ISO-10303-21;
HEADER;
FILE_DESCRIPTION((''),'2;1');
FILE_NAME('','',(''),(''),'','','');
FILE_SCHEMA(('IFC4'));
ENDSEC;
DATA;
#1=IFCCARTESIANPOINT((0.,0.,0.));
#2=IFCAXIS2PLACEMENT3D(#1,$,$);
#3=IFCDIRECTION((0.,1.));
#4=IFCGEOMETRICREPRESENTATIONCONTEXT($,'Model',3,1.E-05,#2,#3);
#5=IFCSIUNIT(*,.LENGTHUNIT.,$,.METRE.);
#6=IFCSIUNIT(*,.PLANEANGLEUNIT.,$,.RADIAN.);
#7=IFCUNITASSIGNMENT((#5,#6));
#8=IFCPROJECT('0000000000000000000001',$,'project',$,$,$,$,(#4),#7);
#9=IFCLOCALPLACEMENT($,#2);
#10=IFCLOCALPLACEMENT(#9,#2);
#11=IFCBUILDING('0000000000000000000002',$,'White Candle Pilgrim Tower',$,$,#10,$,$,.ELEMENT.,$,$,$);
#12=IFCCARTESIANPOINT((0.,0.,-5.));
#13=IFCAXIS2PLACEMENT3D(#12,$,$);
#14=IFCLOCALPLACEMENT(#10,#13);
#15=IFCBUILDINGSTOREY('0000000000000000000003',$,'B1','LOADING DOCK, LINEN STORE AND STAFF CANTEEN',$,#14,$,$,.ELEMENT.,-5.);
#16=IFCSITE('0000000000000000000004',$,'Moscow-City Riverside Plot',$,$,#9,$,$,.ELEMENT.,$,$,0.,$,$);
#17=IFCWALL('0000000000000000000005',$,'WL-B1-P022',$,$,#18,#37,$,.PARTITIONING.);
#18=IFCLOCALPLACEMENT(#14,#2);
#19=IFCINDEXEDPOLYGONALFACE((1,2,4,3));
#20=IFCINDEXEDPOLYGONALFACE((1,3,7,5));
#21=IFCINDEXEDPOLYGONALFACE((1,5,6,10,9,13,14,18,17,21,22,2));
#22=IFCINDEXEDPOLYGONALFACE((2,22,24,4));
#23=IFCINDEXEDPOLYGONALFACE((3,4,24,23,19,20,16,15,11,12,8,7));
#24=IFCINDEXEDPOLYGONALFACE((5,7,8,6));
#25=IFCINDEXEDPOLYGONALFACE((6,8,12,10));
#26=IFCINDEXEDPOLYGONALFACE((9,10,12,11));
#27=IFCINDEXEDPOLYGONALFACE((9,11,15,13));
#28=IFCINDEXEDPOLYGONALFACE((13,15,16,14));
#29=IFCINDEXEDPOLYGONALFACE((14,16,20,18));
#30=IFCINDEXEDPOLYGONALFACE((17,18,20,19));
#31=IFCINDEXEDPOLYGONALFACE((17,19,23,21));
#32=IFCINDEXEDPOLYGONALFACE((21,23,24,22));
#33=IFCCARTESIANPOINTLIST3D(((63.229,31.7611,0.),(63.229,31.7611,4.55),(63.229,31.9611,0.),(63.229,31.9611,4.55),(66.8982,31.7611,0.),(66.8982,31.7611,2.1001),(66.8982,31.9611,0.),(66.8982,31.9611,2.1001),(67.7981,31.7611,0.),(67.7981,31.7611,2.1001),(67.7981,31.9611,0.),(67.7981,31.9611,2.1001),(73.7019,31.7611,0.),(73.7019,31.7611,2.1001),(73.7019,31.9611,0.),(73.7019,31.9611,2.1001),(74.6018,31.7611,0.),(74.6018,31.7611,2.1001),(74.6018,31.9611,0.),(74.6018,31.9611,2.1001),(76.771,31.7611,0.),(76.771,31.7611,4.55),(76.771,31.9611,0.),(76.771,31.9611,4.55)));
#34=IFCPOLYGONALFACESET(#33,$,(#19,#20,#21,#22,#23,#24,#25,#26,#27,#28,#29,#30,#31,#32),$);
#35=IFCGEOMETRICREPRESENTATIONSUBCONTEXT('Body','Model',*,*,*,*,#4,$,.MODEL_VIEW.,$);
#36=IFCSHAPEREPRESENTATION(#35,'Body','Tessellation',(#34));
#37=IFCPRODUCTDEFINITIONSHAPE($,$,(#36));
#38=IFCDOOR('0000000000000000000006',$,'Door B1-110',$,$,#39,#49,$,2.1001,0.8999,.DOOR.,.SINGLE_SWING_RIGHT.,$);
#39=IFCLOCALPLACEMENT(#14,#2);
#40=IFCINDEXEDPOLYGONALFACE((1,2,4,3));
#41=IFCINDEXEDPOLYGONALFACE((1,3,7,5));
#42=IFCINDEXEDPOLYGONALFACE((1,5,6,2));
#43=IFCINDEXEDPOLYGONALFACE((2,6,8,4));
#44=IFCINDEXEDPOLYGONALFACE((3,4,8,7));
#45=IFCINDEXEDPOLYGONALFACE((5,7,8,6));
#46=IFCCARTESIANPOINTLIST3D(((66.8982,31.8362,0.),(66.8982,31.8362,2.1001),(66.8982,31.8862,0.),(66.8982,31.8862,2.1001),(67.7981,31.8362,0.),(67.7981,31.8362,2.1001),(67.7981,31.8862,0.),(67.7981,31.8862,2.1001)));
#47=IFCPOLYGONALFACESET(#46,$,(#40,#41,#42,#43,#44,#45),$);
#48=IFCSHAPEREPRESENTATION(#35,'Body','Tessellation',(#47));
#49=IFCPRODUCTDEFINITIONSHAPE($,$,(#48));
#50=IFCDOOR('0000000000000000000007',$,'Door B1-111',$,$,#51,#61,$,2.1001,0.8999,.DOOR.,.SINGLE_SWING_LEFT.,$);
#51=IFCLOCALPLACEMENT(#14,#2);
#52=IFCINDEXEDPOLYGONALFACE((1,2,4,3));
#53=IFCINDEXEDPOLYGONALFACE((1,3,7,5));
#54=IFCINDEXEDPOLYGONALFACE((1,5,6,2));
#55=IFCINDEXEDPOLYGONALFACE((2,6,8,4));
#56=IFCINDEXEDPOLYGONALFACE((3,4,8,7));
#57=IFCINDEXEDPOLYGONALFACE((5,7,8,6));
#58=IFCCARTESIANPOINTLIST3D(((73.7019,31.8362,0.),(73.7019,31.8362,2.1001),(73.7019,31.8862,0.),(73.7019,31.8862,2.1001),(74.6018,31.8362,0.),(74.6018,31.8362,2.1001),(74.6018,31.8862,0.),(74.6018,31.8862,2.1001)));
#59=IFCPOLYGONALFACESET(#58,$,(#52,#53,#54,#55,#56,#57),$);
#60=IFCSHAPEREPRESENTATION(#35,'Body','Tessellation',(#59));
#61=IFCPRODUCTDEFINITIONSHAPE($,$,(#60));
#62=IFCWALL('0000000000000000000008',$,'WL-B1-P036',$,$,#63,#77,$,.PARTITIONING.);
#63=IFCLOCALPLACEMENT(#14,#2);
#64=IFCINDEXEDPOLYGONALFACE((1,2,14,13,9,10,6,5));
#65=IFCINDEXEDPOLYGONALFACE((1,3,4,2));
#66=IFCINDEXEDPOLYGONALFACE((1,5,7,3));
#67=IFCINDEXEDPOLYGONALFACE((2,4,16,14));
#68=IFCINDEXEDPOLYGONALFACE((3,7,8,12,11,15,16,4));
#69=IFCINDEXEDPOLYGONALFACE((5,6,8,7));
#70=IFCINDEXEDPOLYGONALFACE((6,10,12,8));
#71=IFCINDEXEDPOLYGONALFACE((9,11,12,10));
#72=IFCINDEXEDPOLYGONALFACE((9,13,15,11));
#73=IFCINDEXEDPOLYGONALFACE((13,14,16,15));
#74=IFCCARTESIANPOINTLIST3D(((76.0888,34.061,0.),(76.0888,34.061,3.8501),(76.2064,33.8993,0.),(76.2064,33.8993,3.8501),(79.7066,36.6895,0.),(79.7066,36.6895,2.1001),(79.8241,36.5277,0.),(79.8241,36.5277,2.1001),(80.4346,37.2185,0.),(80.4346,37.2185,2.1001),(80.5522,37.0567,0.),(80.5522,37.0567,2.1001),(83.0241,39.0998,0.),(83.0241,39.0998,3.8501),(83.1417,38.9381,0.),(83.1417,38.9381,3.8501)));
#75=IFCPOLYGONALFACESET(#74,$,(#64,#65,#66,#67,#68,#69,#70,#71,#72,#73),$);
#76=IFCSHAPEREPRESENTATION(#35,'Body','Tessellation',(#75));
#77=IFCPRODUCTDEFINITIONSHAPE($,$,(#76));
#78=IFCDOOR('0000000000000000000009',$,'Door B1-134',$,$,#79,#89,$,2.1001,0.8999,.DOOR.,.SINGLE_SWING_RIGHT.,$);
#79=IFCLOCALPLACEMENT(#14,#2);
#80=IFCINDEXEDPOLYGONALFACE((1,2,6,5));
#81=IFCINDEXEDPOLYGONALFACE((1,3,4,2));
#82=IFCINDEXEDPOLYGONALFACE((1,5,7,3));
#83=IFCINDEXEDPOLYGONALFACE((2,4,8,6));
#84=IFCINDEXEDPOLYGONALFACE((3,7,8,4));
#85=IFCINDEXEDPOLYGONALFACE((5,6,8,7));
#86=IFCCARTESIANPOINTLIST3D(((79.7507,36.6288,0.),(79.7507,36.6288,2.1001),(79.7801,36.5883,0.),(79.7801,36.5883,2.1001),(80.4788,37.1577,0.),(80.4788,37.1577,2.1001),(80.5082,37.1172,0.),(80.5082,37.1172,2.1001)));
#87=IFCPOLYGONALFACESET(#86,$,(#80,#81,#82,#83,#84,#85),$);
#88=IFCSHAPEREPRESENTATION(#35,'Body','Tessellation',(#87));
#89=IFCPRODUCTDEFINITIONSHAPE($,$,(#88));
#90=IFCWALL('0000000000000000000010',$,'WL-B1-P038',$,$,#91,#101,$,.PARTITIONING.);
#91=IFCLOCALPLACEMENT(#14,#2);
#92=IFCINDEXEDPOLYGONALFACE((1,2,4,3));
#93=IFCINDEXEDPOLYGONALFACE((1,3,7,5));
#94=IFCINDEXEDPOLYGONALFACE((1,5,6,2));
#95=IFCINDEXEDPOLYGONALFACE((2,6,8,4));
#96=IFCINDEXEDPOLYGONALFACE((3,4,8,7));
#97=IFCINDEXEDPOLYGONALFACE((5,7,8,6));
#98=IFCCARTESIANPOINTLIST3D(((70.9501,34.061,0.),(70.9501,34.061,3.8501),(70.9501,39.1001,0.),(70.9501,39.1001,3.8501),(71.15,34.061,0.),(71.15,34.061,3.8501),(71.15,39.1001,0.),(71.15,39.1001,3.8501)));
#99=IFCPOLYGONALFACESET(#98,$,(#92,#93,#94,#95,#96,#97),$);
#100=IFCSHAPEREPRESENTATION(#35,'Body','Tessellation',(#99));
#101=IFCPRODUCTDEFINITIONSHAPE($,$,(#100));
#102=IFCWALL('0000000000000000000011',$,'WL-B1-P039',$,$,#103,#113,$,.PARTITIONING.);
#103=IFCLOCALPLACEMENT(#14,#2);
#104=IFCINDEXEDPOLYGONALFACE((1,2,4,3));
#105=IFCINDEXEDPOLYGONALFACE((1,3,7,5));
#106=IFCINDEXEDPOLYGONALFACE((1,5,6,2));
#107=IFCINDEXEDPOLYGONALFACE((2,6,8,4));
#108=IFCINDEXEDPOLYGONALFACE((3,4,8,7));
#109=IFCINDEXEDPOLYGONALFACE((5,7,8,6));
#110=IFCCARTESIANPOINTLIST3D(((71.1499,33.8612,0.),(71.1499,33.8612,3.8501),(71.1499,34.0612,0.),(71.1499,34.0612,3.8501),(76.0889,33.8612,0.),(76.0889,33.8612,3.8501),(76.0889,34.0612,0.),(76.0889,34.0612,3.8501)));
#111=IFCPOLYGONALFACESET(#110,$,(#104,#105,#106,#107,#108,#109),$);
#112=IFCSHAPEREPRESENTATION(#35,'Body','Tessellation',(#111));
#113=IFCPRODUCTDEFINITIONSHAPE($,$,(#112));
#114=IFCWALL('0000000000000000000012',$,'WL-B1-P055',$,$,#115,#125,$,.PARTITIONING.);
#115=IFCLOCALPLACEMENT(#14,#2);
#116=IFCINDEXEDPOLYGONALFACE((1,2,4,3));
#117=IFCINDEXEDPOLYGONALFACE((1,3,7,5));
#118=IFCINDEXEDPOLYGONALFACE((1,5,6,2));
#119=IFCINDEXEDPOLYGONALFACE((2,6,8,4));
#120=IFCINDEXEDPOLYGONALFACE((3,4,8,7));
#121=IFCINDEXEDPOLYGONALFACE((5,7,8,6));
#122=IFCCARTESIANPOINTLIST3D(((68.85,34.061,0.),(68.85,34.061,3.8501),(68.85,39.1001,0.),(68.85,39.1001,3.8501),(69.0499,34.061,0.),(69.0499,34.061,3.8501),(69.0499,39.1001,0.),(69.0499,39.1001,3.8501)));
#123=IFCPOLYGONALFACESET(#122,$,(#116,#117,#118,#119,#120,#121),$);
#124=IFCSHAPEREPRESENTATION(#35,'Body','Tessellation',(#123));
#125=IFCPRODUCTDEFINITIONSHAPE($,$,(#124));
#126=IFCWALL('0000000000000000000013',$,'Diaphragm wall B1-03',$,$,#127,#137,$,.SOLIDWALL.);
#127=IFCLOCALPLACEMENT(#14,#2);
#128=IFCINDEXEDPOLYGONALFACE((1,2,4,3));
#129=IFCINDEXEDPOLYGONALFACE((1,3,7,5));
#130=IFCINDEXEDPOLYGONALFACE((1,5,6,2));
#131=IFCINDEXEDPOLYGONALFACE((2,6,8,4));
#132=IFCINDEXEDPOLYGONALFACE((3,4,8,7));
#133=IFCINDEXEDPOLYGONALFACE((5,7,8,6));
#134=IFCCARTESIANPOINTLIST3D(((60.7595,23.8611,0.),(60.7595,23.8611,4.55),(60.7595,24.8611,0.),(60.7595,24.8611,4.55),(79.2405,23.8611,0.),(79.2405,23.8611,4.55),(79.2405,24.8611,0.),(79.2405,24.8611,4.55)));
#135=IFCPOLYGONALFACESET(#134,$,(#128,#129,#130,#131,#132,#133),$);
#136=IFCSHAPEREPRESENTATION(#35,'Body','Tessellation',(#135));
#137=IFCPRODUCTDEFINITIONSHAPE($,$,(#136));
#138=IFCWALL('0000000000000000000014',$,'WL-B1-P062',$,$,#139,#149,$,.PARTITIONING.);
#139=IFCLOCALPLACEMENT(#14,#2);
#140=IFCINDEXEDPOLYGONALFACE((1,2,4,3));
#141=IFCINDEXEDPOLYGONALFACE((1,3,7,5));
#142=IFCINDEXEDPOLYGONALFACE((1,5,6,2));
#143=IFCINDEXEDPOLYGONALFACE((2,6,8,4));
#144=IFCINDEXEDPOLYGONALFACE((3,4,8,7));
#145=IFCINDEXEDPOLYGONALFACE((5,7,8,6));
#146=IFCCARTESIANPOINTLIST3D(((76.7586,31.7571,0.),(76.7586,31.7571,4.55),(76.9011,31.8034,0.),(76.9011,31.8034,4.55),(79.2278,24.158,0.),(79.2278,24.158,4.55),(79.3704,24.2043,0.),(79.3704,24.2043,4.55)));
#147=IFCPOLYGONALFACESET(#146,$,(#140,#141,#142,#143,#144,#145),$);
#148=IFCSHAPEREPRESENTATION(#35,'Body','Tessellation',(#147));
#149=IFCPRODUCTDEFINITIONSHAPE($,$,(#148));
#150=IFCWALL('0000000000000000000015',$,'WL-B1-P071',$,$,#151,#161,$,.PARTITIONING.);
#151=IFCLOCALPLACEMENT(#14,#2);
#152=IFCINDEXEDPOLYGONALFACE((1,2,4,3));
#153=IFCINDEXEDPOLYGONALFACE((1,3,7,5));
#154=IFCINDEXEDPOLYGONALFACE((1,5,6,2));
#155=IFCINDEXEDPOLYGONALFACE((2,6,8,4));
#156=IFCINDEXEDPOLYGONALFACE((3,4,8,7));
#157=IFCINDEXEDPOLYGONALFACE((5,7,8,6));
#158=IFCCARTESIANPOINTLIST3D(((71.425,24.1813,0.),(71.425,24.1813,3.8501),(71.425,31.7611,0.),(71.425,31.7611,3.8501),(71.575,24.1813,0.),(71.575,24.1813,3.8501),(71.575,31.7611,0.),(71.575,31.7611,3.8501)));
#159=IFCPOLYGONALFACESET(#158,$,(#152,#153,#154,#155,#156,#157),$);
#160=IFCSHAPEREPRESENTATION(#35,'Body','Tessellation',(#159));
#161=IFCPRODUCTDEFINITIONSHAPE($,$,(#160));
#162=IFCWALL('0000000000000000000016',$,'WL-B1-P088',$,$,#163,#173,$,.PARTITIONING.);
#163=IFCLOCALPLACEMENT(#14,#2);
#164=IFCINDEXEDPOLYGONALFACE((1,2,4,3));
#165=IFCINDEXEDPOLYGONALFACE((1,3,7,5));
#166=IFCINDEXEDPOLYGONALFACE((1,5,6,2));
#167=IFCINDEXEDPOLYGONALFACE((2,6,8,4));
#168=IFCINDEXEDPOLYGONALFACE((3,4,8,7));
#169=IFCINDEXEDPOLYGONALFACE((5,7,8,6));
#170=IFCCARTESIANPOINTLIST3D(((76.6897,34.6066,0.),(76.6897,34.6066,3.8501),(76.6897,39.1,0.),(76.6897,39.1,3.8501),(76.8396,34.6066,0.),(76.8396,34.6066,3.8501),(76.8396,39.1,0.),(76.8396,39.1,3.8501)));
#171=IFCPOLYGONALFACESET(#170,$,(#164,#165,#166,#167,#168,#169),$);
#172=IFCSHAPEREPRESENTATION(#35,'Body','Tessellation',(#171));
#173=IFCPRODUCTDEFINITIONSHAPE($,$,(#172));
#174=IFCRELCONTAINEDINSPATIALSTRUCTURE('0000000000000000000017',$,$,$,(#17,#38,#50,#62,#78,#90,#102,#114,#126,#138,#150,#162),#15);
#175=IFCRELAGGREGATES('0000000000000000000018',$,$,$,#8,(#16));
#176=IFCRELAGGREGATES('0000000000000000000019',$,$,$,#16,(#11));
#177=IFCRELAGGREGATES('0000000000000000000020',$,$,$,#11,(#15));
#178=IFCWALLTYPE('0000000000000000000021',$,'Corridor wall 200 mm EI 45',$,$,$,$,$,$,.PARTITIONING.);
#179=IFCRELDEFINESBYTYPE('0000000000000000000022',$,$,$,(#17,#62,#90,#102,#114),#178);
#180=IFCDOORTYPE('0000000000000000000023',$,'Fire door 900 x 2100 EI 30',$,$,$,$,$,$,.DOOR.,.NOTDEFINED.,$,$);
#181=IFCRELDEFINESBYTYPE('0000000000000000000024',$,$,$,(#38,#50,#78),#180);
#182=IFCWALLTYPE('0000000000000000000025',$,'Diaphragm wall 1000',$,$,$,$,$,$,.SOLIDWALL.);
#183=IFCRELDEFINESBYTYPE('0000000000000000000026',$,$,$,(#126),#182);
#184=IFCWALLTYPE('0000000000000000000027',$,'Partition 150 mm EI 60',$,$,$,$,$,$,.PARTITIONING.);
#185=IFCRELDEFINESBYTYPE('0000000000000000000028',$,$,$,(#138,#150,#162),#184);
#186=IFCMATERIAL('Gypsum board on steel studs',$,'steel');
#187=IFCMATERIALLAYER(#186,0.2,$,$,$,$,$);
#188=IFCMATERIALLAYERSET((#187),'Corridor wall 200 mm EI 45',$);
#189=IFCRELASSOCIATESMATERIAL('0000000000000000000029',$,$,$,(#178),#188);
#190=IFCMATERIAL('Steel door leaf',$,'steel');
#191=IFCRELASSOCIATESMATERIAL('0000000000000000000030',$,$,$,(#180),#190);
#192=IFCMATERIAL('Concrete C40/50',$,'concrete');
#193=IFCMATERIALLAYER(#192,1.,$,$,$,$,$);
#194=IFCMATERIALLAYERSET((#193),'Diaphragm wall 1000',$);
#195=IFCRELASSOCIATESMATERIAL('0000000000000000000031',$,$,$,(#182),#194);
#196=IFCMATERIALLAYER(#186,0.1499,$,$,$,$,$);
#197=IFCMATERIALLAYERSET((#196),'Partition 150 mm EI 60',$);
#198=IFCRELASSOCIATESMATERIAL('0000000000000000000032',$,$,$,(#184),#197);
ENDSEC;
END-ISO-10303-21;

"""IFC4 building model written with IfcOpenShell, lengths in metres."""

from ifc_helpers import new_model, si_unit, direction, frame, frame_2d, origin, place, context, subcontext, project, spatial, rectangle, extrude, material, layer, layer_set, type_object, element, fill, save


model = new_model("IFC4")

# Units and contexts
model_context = context("Model", 3, precision=1e-05, world=origin(), true_north=direction((0.0, 1.0)))
body_context = subcontext(model_context, "Body", "Model", "MODEL_VIEW")
ifc_project = project(units=[si_unit("LENGTHUNIT", "METRE"), si_unit("PLANEANGLEUNIT", "RADIAN")], contexts=[model_context])

# Site, building, storey
site_placement = place(None, origin())
site = spatial("IfcSite", under=ifc_project, at=site_placement, Name="Moscow-City Riverside Plot", CompositionType="ELEMENT", RefElevation=0.0)
building_placement = place(site_placement, origin())
building = spatial("IfcBuilding", under=site, at=building_placement, Name="White Candle Pilgrim Tower", CompositionType="ELEMENT")
storey_placement = place(building_placement, frame((0.0, 0.0, -5.0)))
storey = spatial("IfcBuildingStorey", under=building, at=storey_placement, Name="B1", Description="LOADING DOCK, LINEN STORE AND STAFF CANTEEN", CompositionType="ELEMENT", Elevation=-5.0)

# Wall, openings, doors
ifc_material_1 = material(Name="Gypsum board on steel studs", Category="steel")
ifc_layer_1 = layer(ifc_material_1, 0.2)
ifc_layer_set_1 = layer_set([ifc_layer_1], Name="Corridor wall 200 mm EI 45")
wall_type_1 = type_object("IfcWallType", Name="Corridor wall 200 mm EI 45", PredefinedType="PARTITIONING", material=ifc_layer_set_1)
wall_1_placement = place(storey_placement, frame((76.771, 31.8611, 0.0), z_axis=(0.0, 0.0, 1.0), x_axis=(-1.0, 0.0, 0.0)))
wall_1 = element("IfcWall", 1, at=wall_1_placement, inside=storey, type_object=wall_type_1, Name="WL-B1-P022", PredefinedType="PARTITIONING", context=body_context, shape_type="SweptSolid", body=[
    extrude(rectangle(XDim=13.542, YDim=0.2, at=frame_2d((6.771, 0.0))), origin(), (0.0, 0.0, 1.0), 4.55),
])
opening_1_placement = place(wall_1_placement, frame((8.9729, 0.0, 0.0)))
opening_1 = element("IfcOpeningElement", 2, at=opening_1_placement, cuts=wall_1, PredefinedType="OPENING", context=body_context, shape_type="SweptSolid", body=[
    extrude(rectangle(XDim=0.8999, YDim=2.1001, at=frame_2d((0.45, 1.05))), frame((0.0, 0.1099, 0.0), z_axis=(0.0, -1.0, 0.0), x_axis=(1.0, 0.0, 0.0)), (0.0, 0.0, 1.0), 0.22),
])
opening_2_placement = place(wall_1_placement, frame((2.1692, 0.0, 0.0)))
opening_2 = element("IfcOpeningElement", 3, at=opening_2_placement, cuts=wall_1, PredefinedType="OPENING", context=body_context, shape_type="SweptSolid", body=[
    extrude(rectangle(XDim=0.8999, YDim=2.1001, at=frame_2d((0.45, 1.05))), frame((0.0, 0.1099, 0.0), z_axis=(0.0, -1.0, 0.0), x_axis=(1.0, 0.0, 0.0)), (0.0, 0.0, 1.0), 0.22),
])
ifc_material_2 = material(Name="Steel door leaf", Category="steel")
door_type = type_object("IfcDoorType", Name="Fire door 900 x 2100 EI 30", OperationType="NOTDEFINED", PredefinedType="DOOR", material=ifc_material_2)
door_1_placement = place(opening_1_placement, origin())
door_1 = element("IfcDoor", 4, at=door_1_placement, inside=storey, type_object=door_type, Name="Door B1-110", OperationType="SINGLE_SWING_RIGHT", OverallHeight=2.1001, OverallWidth=0.8999, PredefinedType="DOOR", context=body_context, shape_type="SweptSolid", body=[
    extrude(rectangle(XDim=0.8999, YDim=2.1001, at=frame_2d((0.45, 1.05))), frame((0.0, 0.0249, 0.0), z_axis=(0.0, -1.0, 0.0), x_axis=(1.0, 0.0, 0.0)), (0.0, 0.0, 1.0), 0.05),
])
fill(opening_1, door_1)
door_2_placement = place(opening_2_placement, origin())
door_2 = element("IfcDoor", 5, at=door_2_placement, inside=storey, type_object=door_type, Name="Door B1-111", OperationType="SINGLE_SWING_LEFT", OverallHeight=2.1001, OverallWidth=0.8999, PredefinedType="DOOR", context=body_context, shape_type="SweptSolid", body=[
    extrude(rectangle(XDim=0.8999, YDim=2.1001, at=frame_2d((0.45, 1.05))), frame((0.0, 0.0249, 0.0), z_axis=(0.0, -1.0, 0.0), x_axis=(1.0, 0.0, 0.0)), (0.0, 0.0, 1.0), 0.05),
])
fill(opening_2, door_2)

# Wall, opening, door
wall_2_placement = place(storey_placement, frame((76.1477, 33.9802, 0.0), z_axis=(0.0, 0.0, 1.0), x_axis=(0.809016, 0.587787, 0.0)))
wall_2 = element("IfcWall", 6, at=wall_2_placement, inside=storey, type_object=wall_type_1, Name="WL-B1-P036", PredefinedType="PARTITIONING", context=body_context, shape_type="SweptSolid", body=[
    extrude(rectangle(XDim=8.5725, YDim=0.2, at=frame_2d((4.2861, 0.0))), origin(), (0.0, 0.0, 1.0), 3.8501),
])
opening_3_placement = place(wall_2_placement, frame((4.4717, 0.0, 0.0)))
opening_3 = element("IfcOpeningElement", 7, at=opening_3_placement, cuts=wall_2, PredefinedType="OPENING", context=body_context, shape_type="SweptSolid", body=[
    extrude(rectangle(XDim=0.8999, YDim=2.1001, at=frame_2d((0.45, 1.05))), frame((0.0, 0.1099, 0.0), z_axis=(0.0, -1.0, 0.0), x_axis=(1.0, 0.0, 0.0)), (0.0, 0.0, 1.0), 0.22),
])
door_3_placement = place(opening_3_placement, origin())
door_3 = element("IfcDoor", 8, at=door_3_placement, inside=storey, type_object=door_type, Name="Door B1-134", OperationType="SINGLE_SWING_RIGHT", OverallHeight=2.1001, OverallWidth=0.8999, PredefinedType="DOOR", context=body_context, shape_type="SweptSolid", body=[
    extrude(rectangle(XDim=0.8999, YDim=2.1001, at=frame_2d((0.45, 1.05))), frame((0.0, 0.0249, 0.0), z_axis=(0.0, -1.0, 0.0), x_axis=(1.0, 0.0, 0.0)), (0.0, 0.0, 1.0), 0.05),
])
fill(opening_3, door_3)

# Walls
wall_3_placement = place(storey_placement, frame((71.05, 39.1001, 0.0), z_axis=(0.0, 0.0, 1.0), x_axis=(0.0, -1.0, 0.0)))
element("IfcWall", 9, at=wall_3_placement, inside=storey, type_object=wall_type_1, Name="WL-B1-P038", PredefinedType="PARTITIONING", context=body_context, shape_type="SweptSolid", body=[
    extrude(rectangle(XDim=5.0391, YDim=0.2, at=frame_2d((2.5195, 0.0))), origin(), (0.0, 0.0, 1.0), 3.8501),
])
wall_4_placement = place(storey_placement, frame((71.1499, 33.9612, 0.0), z_axis=(0.0, 0.0, 1.0), x_axis=(1.0, 0.0, 0.0)))
element("IfcWall", 10, at=wall_4_placement, inside=storey, type_object=wall_type_1, Name="WL-B1-P039", PredefinedType="PARTITIONING", context=body_context, shape_type="SweptSolid", body=[
    extrude(rectangle(XDim=4.939, YDim=0.2, at=frame_2d((2.4695, 0.0))), origin(), (0.0, 0.0, 1.0), 3.8501),
])
wall_5_placement = place(storey_placement, frame((68.95, 34.061, 0.0), z_axis=(0.0, 0.0, 1.0), x_axis=(0.0, 1.0, 0.0)))
element("IfcWall", 11, at=wall_5_placement, inside=storey, type_object=wall_type_1, Name="WL-B1-P055", PredefinedType="PARTITIONING", context=body_context, shape_type="SweptSolid", body=[
    extrude(rectangle(XDim=5.0391, YDim=0.2, at=frame_2d((2.5195, 0.0))), origin(), (0.0, 0.0, 1.0), 3.8501),
])
ifc_material_3 = material(Name="Concrete C40/50", Category="concrete")
ifc_layer_2 = layer(ifc_material_3, 1.0)
ifc_layer_set_2 = layer_set([ifc_layer_2], Name="Diaphragm wall 1000")
wall_type_2 = type_object("IfcWallType", Name="Diaphragm wall 1000", PredefinedType="SOLIDWALL", material=ifc_layer_set_2)
wall_6_placement = place(storey_placement, frame((79.2405, 24.3611, 0.0), z_axis=(0.0, 0.0, 1.0), x_axis=(-1.0, 0.0, 0.0)))
element("IfcWall", 12, at=wall_6_placement, inside=storey, type_object=wall_type_2, Name="Diaphragm wall B1-03", PredefinedType="SOLIDWALL", context=body_context, shape_type="SweptSolid", body=[
    extrude(rectangle(XDim=18.481, YDim=1.0, at=frame_2d((9.2405, 0.0))), origin(), (0.0, 0.0, 1.0), 4.55),
])
ifc_layer_3 = layer(ifc_material_1, 0.1499)
ifc_layer_set_3 = layer_set([ifc_layer_3], Name="Partition 150 mm EI 60")
wall_type_3 = type_object("IfcWallType", Name="Partition 150 mm EI 60", PredefinedType="PARTITIONING", material=ifc_layer_set_3)
wall_7_placement = place(storey_placement, frame((79.2991, 24.1812, 0.0), z_axis=(0.0, 0.0, 1.0), x_axis=(-0.309032, 0.951052, 0.0)))
element("IfcWall", 13, at=wall_7_placement, inside=storey, type_object=wall_type_3, Name="WL-B1-P062", PredefinedType="PARTITIONING", context=body_context, shape_type="SweptSolid", body=[
    extrude(rectangle(XDim=7.9902, YDim=0.1499, at=frame_2d((3.9951, 0.0))), origin(), (0.0, 0.0, 1.0), 4.55),
])
wall_8_placement = place(storey_placement, frame((71.5, 24.1812, 0.0), z_axis=(0.0, 0.0, 1.0), x_axis=(0.0, 1.0, 0.0)))
element("IfcWall", 14, at=wall_8_placement, inside=storey, type_object=wall_type_3, Name="WL-B1-P071", PredefinedType="PARTITIONING", context=body_context, shape_type="SweptSolid", body=[
    extrude(rectangle(XDim=7.5798, YDim=0.1499, at=frame_2d((3.79, 0.0))), origin(), (0.0, 0.0, 1.0), 3.8501),
])
wall_9_placement = place(storey_placement, frame((76.7646, 34.6067, 0.0), z_axis=(0.0, 0.0, 1.0), x_axis=(0.0, 1.0, 0.0)))
element("IfcWall", 15, at=wall_9_placement, inside=storey, type_object=wall_type_3, Name="WL-B1-P088", PredefinedType="PARTITIONING", context=body_context, shape_type="SweptSolid", body=[
    extrude(rectangle(XDim=4.4934, YDim=0.1499, at=frame_2d((2.2466, 0.0))), origin(), (0.0, 0.0, 1.0), 3.8501),
])

save(model, "model.ifc")
